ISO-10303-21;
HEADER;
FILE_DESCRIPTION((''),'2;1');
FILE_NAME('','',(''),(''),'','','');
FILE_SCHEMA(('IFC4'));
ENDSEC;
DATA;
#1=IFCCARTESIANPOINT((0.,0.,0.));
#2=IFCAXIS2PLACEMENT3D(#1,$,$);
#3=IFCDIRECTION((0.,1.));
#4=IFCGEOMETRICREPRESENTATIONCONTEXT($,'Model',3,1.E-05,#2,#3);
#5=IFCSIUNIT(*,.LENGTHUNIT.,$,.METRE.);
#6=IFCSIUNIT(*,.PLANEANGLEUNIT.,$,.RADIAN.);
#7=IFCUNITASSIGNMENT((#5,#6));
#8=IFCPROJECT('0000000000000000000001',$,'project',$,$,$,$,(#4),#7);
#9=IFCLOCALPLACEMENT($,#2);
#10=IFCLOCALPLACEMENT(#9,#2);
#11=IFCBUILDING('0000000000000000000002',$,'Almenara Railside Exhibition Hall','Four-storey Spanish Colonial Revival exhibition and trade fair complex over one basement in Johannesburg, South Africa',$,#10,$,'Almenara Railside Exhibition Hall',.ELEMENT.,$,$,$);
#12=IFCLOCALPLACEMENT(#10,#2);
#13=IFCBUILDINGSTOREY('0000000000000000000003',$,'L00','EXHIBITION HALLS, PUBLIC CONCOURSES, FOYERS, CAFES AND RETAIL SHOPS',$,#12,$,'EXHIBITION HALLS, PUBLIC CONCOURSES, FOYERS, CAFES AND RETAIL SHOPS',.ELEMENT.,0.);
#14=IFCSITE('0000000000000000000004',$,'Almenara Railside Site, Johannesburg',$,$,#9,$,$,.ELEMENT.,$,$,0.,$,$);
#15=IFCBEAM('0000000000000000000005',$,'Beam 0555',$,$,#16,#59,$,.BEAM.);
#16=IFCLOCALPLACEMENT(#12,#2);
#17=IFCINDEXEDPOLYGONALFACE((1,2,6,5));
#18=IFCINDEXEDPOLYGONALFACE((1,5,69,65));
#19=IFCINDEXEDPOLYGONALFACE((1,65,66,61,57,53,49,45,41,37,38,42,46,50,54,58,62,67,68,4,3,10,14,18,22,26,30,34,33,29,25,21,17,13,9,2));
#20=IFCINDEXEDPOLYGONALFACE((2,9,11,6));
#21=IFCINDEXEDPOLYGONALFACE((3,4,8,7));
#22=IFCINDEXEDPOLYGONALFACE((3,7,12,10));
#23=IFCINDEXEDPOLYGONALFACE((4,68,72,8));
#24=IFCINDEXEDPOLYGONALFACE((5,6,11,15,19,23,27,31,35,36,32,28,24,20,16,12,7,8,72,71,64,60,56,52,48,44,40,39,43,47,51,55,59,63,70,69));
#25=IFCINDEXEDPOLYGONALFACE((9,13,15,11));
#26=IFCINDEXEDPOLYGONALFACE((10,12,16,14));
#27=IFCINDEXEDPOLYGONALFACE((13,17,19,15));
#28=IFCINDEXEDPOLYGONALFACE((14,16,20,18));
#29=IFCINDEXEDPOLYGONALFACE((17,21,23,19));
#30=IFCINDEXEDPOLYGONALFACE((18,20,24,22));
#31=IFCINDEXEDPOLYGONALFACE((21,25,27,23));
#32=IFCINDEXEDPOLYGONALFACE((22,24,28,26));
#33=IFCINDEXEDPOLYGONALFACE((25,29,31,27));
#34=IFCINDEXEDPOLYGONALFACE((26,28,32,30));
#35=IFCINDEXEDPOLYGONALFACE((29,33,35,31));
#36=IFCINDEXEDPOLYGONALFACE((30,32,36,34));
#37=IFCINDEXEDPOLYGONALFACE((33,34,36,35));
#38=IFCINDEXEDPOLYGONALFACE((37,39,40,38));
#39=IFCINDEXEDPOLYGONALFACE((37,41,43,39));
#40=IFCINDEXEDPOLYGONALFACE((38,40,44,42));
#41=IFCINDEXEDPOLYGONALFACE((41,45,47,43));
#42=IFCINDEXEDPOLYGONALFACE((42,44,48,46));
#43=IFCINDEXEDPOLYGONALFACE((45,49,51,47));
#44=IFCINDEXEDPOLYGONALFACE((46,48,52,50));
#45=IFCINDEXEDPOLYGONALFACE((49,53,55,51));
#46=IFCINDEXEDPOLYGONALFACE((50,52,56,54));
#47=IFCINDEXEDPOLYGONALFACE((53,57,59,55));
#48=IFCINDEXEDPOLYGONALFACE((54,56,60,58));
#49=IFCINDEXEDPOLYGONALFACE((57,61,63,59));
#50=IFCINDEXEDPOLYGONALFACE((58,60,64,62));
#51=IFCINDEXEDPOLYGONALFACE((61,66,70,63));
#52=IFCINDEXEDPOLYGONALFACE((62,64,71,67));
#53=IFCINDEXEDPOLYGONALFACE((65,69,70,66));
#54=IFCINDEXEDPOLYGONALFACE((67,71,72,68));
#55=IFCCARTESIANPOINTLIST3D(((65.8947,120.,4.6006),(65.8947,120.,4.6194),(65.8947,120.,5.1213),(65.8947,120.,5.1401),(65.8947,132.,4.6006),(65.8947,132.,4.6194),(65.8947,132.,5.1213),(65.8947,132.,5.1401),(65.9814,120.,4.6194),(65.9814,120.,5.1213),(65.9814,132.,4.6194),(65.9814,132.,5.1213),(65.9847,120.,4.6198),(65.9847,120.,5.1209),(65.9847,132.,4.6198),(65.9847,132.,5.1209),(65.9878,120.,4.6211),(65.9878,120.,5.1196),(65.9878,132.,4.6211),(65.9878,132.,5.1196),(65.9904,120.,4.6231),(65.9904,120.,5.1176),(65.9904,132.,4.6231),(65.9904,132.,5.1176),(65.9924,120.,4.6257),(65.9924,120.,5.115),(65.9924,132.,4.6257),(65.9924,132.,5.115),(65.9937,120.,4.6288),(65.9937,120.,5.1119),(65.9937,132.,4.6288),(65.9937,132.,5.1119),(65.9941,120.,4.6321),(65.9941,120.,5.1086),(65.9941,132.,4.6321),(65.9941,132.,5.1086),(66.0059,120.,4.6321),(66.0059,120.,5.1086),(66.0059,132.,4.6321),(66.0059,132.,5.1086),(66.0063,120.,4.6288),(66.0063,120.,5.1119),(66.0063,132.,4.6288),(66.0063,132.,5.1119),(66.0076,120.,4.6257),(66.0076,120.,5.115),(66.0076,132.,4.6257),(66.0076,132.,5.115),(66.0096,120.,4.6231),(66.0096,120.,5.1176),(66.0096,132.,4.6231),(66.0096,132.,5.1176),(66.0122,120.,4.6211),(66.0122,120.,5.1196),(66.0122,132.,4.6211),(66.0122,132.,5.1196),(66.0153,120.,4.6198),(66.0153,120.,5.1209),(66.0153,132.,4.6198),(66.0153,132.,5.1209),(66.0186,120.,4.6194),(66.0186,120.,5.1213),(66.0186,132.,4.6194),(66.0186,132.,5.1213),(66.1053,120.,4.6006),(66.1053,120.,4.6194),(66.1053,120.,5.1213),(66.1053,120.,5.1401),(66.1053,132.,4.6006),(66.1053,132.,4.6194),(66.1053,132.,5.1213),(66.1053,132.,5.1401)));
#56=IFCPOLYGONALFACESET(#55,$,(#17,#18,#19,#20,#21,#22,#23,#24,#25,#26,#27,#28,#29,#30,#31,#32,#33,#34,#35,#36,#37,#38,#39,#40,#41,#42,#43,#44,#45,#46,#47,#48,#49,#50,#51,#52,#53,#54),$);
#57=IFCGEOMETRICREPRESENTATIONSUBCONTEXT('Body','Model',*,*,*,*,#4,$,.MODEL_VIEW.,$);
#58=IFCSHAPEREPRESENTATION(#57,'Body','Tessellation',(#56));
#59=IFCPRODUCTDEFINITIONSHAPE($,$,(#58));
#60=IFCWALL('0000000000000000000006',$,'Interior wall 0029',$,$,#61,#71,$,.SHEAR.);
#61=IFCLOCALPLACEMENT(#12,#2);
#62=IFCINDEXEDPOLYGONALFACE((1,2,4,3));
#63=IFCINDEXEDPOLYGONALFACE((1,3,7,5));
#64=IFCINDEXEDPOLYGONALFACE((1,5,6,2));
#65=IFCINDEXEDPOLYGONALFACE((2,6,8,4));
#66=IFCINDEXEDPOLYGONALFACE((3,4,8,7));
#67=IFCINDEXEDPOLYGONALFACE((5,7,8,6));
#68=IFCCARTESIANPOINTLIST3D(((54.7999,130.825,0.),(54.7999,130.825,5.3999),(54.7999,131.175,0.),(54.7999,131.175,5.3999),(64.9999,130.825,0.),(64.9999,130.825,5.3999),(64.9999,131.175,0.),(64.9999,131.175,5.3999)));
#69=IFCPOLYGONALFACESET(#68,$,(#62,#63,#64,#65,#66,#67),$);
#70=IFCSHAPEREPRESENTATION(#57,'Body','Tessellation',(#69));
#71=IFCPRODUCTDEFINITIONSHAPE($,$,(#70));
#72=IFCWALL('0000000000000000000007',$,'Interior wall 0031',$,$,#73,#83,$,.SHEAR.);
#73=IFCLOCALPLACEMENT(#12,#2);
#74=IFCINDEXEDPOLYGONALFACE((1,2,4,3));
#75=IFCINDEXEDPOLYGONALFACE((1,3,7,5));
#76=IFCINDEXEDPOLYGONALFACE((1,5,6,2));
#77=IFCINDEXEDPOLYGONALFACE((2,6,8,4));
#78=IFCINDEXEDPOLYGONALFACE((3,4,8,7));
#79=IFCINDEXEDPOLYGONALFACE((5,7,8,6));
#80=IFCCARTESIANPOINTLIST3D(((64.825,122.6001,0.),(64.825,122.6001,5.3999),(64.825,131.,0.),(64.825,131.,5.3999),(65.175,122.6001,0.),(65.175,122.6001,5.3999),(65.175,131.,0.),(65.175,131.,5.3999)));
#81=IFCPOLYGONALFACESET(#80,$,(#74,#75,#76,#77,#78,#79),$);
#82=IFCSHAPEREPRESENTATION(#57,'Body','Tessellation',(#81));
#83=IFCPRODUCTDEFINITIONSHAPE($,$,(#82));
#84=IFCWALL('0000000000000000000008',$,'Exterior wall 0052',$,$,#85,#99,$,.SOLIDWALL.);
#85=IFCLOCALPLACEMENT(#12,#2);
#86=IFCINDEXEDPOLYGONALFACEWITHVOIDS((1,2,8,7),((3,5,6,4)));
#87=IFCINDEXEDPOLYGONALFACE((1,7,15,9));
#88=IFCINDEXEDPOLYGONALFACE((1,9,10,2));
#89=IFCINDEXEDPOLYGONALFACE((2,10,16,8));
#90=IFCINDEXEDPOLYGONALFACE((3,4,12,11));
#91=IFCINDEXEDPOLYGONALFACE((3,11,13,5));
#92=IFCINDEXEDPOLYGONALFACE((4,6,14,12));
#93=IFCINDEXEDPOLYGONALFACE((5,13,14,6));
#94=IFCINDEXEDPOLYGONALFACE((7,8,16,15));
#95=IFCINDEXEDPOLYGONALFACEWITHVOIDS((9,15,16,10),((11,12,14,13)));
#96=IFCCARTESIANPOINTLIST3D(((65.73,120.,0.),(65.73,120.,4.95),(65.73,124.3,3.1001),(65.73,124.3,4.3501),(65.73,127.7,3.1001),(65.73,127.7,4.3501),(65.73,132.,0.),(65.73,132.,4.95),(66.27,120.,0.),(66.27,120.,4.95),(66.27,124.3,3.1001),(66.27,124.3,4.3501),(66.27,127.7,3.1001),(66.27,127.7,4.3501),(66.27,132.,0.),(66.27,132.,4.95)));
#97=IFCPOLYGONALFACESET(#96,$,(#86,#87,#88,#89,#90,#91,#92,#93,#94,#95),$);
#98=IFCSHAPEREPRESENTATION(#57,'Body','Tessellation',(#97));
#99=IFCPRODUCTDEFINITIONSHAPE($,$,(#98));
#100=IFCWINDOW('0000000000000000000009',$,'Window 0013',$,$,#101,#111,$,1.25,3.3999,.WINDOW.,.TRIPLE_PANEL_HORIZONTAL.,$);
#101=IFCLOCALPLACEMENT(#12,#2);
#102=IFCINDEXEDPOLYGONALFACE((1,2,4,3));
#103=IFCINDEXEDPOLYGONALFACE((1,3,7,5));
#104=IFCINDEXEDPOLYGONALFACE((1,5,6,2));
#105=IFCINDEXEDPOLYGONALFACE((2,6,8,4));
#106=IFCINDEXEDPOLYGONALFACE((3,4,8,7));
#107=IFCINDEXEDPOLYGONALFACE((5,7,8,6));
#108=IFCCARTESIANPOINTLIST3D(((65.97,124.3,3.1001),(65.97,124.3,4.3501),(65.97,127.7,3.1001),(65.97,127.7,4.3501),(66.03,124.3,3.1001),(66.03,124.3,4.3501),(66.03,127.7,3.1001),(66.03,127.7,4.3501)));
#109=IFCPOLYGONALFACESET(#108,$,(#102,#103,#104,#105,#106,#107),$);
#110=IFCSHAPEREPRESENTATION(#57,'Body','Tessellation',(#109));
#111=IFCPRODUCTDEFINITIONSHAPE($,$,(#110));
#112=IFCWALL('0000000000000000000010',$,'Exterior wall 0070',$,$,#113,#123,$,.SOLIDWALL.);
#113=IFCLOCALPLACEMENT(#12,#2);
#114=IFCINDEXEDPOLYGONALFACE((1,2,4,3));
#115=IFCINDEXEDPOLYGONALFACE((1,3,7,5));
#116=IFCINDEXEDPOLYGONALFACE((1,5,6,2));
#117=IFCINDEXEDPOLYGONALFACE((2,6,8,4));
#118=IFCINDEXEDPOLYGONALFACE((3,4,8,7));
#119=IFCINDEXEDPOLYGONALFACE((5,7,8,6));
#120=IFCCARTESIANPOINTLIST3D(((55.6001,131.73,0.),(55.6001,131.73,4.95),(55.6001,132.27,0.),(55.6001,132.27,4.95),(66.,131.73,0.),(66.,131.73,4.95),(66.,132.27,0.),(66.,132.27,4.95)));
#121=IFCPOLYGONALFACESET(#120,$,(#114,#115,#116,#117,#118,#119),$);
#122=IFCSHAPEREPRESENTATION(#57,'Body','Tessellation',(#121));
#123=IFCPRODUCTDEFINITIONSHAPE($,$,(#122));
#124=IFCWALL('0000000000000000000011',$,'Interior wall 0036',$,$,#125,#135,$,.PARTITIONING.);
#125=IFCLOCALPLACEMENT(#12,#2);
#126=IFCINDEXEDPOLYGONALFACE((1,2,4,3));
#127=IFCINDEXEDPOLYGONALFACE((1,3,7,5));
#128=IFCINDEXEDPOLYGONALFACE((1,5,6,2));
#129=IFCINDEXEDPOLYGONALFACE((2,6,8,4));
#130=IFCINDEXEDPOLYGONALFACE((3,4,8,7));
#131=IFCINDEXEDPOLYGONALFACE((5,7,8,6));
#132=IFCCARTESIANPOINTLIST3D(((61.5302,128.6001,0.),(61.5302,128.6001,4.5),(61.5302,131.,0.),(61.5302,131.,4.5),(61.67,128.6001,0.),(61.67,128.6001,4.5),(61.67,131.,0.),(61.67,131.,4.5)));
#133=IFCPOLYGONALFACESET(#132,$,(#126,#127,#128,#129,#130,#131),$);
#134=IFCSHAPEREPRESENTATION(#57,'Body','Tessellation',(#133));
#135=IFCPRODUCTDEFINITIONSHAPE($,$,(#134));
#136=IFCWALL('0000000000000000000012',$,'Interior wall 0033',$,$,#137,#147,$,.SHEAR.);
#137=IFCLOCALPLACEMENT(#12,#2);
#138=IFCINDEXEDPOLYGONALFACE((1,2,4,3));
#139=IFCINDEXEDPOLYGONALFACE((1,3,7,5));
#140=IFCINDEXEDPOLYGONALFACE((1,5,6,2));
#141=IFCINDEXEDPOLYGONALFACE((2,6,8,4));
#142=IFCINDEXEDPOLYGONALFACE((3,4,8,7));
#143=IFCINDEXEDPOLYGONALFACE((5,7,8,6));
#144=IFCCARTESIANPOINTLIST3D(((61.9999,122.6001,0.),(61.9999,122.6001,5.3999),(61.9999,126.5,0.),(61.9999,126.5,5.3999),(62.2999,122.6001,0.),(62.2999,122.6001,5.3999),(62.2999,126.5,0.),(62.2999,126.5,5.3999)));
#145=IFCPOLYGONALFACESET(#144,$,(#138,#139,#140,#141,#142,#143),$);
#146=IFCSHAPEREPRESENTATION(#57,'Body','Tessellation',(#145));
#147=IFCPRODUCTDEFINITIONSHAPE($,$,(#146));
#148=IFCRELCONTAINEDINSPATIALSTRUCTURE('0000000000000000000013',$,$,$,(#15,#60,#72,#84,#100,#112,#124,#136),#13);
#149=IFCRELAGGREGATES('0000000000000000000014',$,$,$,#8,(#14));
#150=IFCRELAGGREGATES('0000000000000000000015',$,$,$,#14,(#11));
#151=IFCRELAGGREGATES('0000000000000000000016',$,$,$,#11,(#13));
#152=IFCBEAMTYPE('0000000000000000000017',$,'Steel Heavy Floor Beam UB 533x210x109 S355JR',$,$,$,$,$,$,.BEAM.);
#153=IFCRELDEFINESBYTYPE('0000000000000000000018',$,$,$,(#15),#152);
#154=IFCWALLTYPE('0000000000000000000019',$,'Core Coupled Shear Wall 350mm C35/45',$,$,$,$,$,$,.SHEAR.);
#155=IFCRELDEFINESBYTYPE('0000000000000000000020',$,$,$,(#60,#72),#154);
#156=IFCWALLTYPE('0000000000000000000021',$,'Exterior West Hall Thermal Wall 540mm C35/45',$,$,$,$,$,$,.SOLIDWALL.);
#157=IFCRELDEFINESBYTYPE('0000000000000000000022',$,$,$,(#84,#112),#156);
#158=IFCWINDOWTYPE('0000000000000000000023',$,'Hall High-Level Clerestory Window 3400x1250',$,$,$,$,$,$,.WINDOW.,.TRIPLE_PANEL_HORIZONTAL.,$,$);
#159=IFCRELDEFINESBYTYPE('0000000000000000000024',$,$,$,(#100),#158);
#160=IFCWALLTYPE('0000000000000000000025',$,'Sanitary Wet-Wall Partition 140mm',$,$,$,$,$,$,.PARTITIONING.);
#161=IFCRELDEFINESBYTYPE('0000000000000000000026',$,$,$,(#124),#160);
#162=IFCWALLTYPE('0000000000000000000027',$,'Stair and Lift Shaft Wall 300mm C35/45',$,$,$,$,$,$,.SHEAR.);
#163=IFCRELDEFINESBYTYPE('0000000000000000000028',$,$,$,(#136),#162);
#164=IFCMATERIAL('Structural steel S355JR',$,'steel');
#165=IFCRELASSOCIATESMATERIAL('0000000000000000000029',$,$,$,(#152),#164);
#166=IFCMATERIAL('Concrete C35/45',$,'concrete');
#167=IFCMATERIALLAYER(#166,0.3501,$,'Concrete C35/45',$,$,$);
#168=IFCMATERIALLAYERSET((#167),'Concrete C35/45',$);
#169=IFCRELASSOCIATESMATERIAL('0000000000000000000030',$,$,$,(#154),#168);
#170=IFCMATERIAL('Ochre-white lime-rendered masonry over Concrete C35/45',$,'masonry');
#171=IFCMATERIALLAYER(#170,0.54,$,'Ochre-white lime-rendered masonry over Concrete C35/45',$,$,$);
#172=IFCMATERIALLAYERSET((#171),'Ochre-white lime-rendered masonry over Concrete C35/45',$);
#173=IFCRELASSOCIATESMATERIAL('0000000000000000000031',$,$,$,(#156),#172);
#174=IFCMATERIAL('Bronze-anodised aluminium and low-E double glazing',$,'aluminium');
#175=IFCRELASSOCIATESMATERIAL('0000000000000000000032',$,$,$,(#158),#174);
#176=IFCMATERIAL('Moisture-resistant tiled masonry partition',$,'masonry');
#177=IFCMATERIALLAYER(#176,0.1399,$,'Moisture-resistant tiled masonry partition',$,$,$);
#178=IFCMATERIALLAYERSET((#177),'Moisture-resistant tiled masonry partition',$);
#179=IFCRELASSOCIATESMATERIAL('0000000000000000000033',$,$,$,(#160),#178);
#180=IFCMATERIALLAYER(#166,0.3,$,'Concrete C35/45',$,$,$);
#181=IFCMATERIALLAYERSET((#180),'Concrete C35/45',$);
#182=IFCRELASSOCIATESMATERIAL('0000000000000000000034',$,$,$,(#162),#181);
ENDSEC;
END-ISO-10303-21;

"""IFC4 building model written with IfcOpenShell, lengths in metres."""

from ifc_helpers import new_model, si_unit, direction, frame, frame_2d, origin, origin_2d, place, context, subcontext, project, spatial, rectangle, i_section, extrude, material, layer, layer_set, material_profile, profile_set, type_object, element, fill, save


model = new_model("IFC4")

# Units and contexts
model_context = context("Model", 3, precision=1e-05, world=origin(), true_north=direction((0.0, 1.0)))
body_context = subcontext(model_context, "Body", "Model", "MODEL_VIEW")
ifc_project = project(units=[si_unit("LENGTHUNIT", "METRE"), si_unit("PLANEANGLEUNIT", "RADIAN")], contexts=[model_context])

# Site, building, storey
site_placement = place(None, origin())
site = spatial("IfcSite", under=ifc_project, at=site_placement, Name="Almenara Railside Site, Johannesburg", CompositionType="ELEMENT", RefElevation=0.0)
building_placement = place(site_placement, origin())
building = spatial("IfcBuilding", under=site, at=building_placement, Name="Almenara Railside Exhibition Hall", Description="Four-storey Spanish Colonial Revival exhibition and trade fair complex over one basement in Johannesburg, South Africa", LongName="Almenara Railside Exhibition Hall", CompositionType="ELEMENT")
storey_placement = place(building_placement, origin())
storey = spatial("IfcBuildingStorey", under=building, at=storey_placement, Name="L00", Description="EXHIBITION HALLS, PUBLIC CONCOURSES, FOYERS, CAFES AND RETAIL SHOPS", LongName="EXHIBITION HALLS, PUBLIC CONCOURSES, FOYERS, CAFES AND RETAIL SHOPS", CompositionType="ELEMENT", Elevation=0.0)

# Beam
ifc_material_1 = material(Name="Structural steel S355JR", Category="steel")
ifc_material_profile_1 = material_profile(ifc_material_1, i_section(OverallWidth=0.2107, OverallDepth=0.5396, WebThickness=0.0117, FlangeThickness=0.0188, FilletRadius=0.0127, at=origin_2d()), Name="UB 533x210x109")
ifc_profile_set_1 = profile_set([ifc_material_profile_1], Name="Structural steel S355JR")
beam_type_1 = type_object("IfcBeamType", Name="Steel Heavy Floor Beam UB 533x210x109 S355JR", PredefinedType="BEAM", material=ifc_profile_set_1)
beam_1_placement = place(storey_placement, frame((66.0, 120.0, 4.8704), z_axis=(0.0, 1.0, 0.0), x_axis=(-1.0, 0.0, 0.0)))
element("IfcBeam", 1, at=beam_1_placement, inside=storey, type_object=beam_type_1, Name="Beam 0555", PredefinedType="BEAM", context=body_context, shape_type="SweptSolid", body=[
    extrude(i_section(OverallWidth=0.2107, OverallDepth=0.5396, WebThickness=0.0117, FlangeThickness=0.0188, FilletRadius=0.0127, at=origin_2d()), origin(), (0.0, 0.0, 1.0), 12.0),
])

# Walls
ifc_material_2 = material(Name="Concrete C35/45", Category="concrete")
ifc_layer_1 = layer(ifc_material_2, 0.3501, Name="Concrete C35/45")
ifc_layer_set_1 = layer_set([ifc_layer_1], Name="Concrete C35/45")
wall_type_1 = type_object("IfcWallType", Name="Core Coupled Shear Wall 350mm C35/45", PredefinedType="SHEAR", material=ifc_layer_set_1)
wall_1_placement = place(storey_placement, frame((65.0, 131.0, 0.0), z_axis=(0.0, 0.0, 1.0), x_axis=(-1.0, 0.0, 0.0)))
element("IfcWall", 2, at=wall_1_placement, inside=storey, type_object=wall_type_1, Name="Interior wall 0029", PredefinedType="SHEAR", context=body_context, shape_type="SweptSolid", body=[
    extrude(rectangle(XDim=10.2, YDim=0.3501, at=frame_2d((5.1001, 0.0))), origin(), (0.0, 0.0, 1.0), 5.3999),
])
wall_2_placement = place(storey_placement, frame((65.0, 122.6001, 0.0), z_axis=(0.0, 0.0, 1.0), x_axis=(0.0, 1.0, 0.0)))
element("IfcWall", 3, at=wall_2_placement, inside=storey, type_object=wall_type_1, Name="Interior wall 0031", PredefinedType="SHEAR", context=body_context, shape_type="SweptSolid", body=[
    extrude(rectangle(XDim=8.3999, YDim=0.3501, at=frame_2d((4.2, 0.0))), origin(), (0.0, 0.0, 1.0), 5.3999),
])

# Wall, opening, window
ifc_material_3 = material(Name="Ochre-white lime-rendered masonry over Concrete C35/45", Category="masonry")
ifc_layer_2 = layer(ifc_material_3, 0.54, Name="Ochre-white lime-rendered masonry over Concrete C35/45")
ifc_layer_set_2 = layer_set([ifc_layer_2], Name="Ochre-white lime-rendered masonry over Concrete C35/45")
wall_type_2 = type_object("IfcWallType", Name="Exterior West Hall Thermal Wall 540mm C35/45", PredefinedType="SOLIDWALL", material=ifc_layer_set_2)
wall_3_placement = place(storey_placement, frame((66.0, 120.0, 0.0), z_axis=(0.0, 0.0, 1.0), x_axis=(0.0, 1.0, 0.0)))
wall_3 = element("IfcWall", 4, at=wall_3_placement, inside=storey, type_object=wall_type_2, Name="Exterior wall 0052", PredefinedType="SOLIDWALL", context=body_context, shape_type="SweptSolid", body=[
    extrude(rectangle(XDim=12.0, YDim=0.54, at=frame_2d((6.0, 0.0))), origin(), (0.0, 0.0, 1.0), 4.95),
])
opening_placement = place(wall_3_placement, frame((4.3, 0.0, 3.1001)))
opening = element("IfcOpeningElement", 5, at=opening_placement, cuts=wall_3, PredefinedType="OPENING", context=body_context, shape_type="SweptSolid", body=[
    extrude(rectangle(XDim=3.3999, YDim=1.25, at=frame_2d((1.7, 0.625))), frame((0.0, 0.28, 0.0), z_axis=(0.0, -1.0, 0.0), x_axis=(1.0, 0.0, 0.0)), (0.0, 0.0, 1.0), 0.5601),
])
ifc_material_4 = material(Name="Bronze-anodised aluminium and low-E double glazing", Category="aluminium")
window_type = type_object("IfcWindowType", Name="Hall High-Level Clerestory Window 3400x1250", PartitioningType="TRIPLE_PANEL_HORIZONTAL", PredefinedType="WINDOW", material=ifc_material_4)
window_placement = place(opening_placement, origin())
window = element("IfcWindow", 6, at=window_placement, inside=storey, type_object=window_type, Name="Window 0013", OverallHeight=1.25, OverallWidth=3.3999, PartitioningType="TRIPLE_PANEL_HORIZONTAL", PredefinedType="WINDOW", context=body_context, shape_type="SweptSolid", body=[
    extrude(rectangle(XDim=3.3999, YDim=1.25, at=frame_2d((1.7, 0.625))), frame((0.0, 0.03, 0.0), z_axis=(0.0, -1.0, 0.0), x_axis=(1.0, 0.0, 0.0)), (0.0, 0.0, 1.0), 0.0601),
])
fill(opening, window)

# Walls
wall_4_placement = place(storey_placement, frame((66.0, 132.0, 0.0), z_axis=(0.0, 0.0, 1.0), x_axis=(-1.0, 0.0, 0.0)))
element("IfcWall", 7, at=wall_4_placement, inside=storey, type_object=wall_type_2, Name="Exterior wall 0070", PredefinedType="SOLIDWALL", context=body_context, shape_type="SweptSolid", body=[
    extrude(rectangle(XDim=10.3999, YDim=0.54, at=frame_2d((5.2, 0.0))), origin(), (0.0, 0.0, 1.0), 4.95),
])
ifc_material_5 = material(Name="Moisture-resistant tiled masonry partition", Category="masonry")
ifc_layer_3 = layer(ifc_material_5, 0.1399, Name="Moisture-resistant tiled masonry partition")
ifc_layer_set_3 = layer_set([ifc_layer_3], Name="Moisture-resistant tiled masonry partition")
wall_type_3 = type_object("IfcWallType", Name="Sanitary Wet-Wall Partition 140mm", PredefinedType="PARTITIONING", material=ifc_layer_set_3)
wall_5_placement = place(storey_placement, frame((61.6001, 128.6001, 0.0), z_axis=(0.0, 0.0, 1.0), x_axis=(0.0, 1.0, 0.0)))
element("IfcWall", 8, at=wall_5_placement, inside=storey, type_object=wall_type_3, Name="Interior wall 0036", PredefinedType="PARTITIONING", context=body_context, shape_type="SweptSolid", body=[
    extrude(rectangle(XDim=2.3999, YDim=0.1399, at=frame_2d((1.2, 0.0))), origin(), (0.0, 0.0, 1.0), 4.5),
])
ifc_layer_4 = layer(ifc_material_2, 0.3, Name="Concrete C35/45")
ifc_layer_set_4 = layer_set([ifc_layer_4], Name="Concrete C35/45")
wall_type_4 = type_object("IfcWallType", Name="Stair and Lift Shaft Wall 300mm C35/45", PredefinedType="SHEAR", material=ifc_layer_set_4)
wall_6_placement = place(storey_placement, frame((62.1499, 122.6001, 0.0), z_axis=(0.0, 0.0, 1.0), x_axis=(0.0, 1.0, 0.0)))
element("IfcWall", 9, at=wall_6_placement, inside=storey, type_object=wall_type_4, Name="Interior wall 0033", PredefinedType="SHEAR", context=body_context, shape_type="SweptSolid", body=[
    extrude(rectangle(XDim=3.8999, YDim=0.3, at=frame_2d((1.95, 0.0))), origin(), (0.0, 0.0, 1.0), 5.3999),
])

save(model, "model.ifc")
